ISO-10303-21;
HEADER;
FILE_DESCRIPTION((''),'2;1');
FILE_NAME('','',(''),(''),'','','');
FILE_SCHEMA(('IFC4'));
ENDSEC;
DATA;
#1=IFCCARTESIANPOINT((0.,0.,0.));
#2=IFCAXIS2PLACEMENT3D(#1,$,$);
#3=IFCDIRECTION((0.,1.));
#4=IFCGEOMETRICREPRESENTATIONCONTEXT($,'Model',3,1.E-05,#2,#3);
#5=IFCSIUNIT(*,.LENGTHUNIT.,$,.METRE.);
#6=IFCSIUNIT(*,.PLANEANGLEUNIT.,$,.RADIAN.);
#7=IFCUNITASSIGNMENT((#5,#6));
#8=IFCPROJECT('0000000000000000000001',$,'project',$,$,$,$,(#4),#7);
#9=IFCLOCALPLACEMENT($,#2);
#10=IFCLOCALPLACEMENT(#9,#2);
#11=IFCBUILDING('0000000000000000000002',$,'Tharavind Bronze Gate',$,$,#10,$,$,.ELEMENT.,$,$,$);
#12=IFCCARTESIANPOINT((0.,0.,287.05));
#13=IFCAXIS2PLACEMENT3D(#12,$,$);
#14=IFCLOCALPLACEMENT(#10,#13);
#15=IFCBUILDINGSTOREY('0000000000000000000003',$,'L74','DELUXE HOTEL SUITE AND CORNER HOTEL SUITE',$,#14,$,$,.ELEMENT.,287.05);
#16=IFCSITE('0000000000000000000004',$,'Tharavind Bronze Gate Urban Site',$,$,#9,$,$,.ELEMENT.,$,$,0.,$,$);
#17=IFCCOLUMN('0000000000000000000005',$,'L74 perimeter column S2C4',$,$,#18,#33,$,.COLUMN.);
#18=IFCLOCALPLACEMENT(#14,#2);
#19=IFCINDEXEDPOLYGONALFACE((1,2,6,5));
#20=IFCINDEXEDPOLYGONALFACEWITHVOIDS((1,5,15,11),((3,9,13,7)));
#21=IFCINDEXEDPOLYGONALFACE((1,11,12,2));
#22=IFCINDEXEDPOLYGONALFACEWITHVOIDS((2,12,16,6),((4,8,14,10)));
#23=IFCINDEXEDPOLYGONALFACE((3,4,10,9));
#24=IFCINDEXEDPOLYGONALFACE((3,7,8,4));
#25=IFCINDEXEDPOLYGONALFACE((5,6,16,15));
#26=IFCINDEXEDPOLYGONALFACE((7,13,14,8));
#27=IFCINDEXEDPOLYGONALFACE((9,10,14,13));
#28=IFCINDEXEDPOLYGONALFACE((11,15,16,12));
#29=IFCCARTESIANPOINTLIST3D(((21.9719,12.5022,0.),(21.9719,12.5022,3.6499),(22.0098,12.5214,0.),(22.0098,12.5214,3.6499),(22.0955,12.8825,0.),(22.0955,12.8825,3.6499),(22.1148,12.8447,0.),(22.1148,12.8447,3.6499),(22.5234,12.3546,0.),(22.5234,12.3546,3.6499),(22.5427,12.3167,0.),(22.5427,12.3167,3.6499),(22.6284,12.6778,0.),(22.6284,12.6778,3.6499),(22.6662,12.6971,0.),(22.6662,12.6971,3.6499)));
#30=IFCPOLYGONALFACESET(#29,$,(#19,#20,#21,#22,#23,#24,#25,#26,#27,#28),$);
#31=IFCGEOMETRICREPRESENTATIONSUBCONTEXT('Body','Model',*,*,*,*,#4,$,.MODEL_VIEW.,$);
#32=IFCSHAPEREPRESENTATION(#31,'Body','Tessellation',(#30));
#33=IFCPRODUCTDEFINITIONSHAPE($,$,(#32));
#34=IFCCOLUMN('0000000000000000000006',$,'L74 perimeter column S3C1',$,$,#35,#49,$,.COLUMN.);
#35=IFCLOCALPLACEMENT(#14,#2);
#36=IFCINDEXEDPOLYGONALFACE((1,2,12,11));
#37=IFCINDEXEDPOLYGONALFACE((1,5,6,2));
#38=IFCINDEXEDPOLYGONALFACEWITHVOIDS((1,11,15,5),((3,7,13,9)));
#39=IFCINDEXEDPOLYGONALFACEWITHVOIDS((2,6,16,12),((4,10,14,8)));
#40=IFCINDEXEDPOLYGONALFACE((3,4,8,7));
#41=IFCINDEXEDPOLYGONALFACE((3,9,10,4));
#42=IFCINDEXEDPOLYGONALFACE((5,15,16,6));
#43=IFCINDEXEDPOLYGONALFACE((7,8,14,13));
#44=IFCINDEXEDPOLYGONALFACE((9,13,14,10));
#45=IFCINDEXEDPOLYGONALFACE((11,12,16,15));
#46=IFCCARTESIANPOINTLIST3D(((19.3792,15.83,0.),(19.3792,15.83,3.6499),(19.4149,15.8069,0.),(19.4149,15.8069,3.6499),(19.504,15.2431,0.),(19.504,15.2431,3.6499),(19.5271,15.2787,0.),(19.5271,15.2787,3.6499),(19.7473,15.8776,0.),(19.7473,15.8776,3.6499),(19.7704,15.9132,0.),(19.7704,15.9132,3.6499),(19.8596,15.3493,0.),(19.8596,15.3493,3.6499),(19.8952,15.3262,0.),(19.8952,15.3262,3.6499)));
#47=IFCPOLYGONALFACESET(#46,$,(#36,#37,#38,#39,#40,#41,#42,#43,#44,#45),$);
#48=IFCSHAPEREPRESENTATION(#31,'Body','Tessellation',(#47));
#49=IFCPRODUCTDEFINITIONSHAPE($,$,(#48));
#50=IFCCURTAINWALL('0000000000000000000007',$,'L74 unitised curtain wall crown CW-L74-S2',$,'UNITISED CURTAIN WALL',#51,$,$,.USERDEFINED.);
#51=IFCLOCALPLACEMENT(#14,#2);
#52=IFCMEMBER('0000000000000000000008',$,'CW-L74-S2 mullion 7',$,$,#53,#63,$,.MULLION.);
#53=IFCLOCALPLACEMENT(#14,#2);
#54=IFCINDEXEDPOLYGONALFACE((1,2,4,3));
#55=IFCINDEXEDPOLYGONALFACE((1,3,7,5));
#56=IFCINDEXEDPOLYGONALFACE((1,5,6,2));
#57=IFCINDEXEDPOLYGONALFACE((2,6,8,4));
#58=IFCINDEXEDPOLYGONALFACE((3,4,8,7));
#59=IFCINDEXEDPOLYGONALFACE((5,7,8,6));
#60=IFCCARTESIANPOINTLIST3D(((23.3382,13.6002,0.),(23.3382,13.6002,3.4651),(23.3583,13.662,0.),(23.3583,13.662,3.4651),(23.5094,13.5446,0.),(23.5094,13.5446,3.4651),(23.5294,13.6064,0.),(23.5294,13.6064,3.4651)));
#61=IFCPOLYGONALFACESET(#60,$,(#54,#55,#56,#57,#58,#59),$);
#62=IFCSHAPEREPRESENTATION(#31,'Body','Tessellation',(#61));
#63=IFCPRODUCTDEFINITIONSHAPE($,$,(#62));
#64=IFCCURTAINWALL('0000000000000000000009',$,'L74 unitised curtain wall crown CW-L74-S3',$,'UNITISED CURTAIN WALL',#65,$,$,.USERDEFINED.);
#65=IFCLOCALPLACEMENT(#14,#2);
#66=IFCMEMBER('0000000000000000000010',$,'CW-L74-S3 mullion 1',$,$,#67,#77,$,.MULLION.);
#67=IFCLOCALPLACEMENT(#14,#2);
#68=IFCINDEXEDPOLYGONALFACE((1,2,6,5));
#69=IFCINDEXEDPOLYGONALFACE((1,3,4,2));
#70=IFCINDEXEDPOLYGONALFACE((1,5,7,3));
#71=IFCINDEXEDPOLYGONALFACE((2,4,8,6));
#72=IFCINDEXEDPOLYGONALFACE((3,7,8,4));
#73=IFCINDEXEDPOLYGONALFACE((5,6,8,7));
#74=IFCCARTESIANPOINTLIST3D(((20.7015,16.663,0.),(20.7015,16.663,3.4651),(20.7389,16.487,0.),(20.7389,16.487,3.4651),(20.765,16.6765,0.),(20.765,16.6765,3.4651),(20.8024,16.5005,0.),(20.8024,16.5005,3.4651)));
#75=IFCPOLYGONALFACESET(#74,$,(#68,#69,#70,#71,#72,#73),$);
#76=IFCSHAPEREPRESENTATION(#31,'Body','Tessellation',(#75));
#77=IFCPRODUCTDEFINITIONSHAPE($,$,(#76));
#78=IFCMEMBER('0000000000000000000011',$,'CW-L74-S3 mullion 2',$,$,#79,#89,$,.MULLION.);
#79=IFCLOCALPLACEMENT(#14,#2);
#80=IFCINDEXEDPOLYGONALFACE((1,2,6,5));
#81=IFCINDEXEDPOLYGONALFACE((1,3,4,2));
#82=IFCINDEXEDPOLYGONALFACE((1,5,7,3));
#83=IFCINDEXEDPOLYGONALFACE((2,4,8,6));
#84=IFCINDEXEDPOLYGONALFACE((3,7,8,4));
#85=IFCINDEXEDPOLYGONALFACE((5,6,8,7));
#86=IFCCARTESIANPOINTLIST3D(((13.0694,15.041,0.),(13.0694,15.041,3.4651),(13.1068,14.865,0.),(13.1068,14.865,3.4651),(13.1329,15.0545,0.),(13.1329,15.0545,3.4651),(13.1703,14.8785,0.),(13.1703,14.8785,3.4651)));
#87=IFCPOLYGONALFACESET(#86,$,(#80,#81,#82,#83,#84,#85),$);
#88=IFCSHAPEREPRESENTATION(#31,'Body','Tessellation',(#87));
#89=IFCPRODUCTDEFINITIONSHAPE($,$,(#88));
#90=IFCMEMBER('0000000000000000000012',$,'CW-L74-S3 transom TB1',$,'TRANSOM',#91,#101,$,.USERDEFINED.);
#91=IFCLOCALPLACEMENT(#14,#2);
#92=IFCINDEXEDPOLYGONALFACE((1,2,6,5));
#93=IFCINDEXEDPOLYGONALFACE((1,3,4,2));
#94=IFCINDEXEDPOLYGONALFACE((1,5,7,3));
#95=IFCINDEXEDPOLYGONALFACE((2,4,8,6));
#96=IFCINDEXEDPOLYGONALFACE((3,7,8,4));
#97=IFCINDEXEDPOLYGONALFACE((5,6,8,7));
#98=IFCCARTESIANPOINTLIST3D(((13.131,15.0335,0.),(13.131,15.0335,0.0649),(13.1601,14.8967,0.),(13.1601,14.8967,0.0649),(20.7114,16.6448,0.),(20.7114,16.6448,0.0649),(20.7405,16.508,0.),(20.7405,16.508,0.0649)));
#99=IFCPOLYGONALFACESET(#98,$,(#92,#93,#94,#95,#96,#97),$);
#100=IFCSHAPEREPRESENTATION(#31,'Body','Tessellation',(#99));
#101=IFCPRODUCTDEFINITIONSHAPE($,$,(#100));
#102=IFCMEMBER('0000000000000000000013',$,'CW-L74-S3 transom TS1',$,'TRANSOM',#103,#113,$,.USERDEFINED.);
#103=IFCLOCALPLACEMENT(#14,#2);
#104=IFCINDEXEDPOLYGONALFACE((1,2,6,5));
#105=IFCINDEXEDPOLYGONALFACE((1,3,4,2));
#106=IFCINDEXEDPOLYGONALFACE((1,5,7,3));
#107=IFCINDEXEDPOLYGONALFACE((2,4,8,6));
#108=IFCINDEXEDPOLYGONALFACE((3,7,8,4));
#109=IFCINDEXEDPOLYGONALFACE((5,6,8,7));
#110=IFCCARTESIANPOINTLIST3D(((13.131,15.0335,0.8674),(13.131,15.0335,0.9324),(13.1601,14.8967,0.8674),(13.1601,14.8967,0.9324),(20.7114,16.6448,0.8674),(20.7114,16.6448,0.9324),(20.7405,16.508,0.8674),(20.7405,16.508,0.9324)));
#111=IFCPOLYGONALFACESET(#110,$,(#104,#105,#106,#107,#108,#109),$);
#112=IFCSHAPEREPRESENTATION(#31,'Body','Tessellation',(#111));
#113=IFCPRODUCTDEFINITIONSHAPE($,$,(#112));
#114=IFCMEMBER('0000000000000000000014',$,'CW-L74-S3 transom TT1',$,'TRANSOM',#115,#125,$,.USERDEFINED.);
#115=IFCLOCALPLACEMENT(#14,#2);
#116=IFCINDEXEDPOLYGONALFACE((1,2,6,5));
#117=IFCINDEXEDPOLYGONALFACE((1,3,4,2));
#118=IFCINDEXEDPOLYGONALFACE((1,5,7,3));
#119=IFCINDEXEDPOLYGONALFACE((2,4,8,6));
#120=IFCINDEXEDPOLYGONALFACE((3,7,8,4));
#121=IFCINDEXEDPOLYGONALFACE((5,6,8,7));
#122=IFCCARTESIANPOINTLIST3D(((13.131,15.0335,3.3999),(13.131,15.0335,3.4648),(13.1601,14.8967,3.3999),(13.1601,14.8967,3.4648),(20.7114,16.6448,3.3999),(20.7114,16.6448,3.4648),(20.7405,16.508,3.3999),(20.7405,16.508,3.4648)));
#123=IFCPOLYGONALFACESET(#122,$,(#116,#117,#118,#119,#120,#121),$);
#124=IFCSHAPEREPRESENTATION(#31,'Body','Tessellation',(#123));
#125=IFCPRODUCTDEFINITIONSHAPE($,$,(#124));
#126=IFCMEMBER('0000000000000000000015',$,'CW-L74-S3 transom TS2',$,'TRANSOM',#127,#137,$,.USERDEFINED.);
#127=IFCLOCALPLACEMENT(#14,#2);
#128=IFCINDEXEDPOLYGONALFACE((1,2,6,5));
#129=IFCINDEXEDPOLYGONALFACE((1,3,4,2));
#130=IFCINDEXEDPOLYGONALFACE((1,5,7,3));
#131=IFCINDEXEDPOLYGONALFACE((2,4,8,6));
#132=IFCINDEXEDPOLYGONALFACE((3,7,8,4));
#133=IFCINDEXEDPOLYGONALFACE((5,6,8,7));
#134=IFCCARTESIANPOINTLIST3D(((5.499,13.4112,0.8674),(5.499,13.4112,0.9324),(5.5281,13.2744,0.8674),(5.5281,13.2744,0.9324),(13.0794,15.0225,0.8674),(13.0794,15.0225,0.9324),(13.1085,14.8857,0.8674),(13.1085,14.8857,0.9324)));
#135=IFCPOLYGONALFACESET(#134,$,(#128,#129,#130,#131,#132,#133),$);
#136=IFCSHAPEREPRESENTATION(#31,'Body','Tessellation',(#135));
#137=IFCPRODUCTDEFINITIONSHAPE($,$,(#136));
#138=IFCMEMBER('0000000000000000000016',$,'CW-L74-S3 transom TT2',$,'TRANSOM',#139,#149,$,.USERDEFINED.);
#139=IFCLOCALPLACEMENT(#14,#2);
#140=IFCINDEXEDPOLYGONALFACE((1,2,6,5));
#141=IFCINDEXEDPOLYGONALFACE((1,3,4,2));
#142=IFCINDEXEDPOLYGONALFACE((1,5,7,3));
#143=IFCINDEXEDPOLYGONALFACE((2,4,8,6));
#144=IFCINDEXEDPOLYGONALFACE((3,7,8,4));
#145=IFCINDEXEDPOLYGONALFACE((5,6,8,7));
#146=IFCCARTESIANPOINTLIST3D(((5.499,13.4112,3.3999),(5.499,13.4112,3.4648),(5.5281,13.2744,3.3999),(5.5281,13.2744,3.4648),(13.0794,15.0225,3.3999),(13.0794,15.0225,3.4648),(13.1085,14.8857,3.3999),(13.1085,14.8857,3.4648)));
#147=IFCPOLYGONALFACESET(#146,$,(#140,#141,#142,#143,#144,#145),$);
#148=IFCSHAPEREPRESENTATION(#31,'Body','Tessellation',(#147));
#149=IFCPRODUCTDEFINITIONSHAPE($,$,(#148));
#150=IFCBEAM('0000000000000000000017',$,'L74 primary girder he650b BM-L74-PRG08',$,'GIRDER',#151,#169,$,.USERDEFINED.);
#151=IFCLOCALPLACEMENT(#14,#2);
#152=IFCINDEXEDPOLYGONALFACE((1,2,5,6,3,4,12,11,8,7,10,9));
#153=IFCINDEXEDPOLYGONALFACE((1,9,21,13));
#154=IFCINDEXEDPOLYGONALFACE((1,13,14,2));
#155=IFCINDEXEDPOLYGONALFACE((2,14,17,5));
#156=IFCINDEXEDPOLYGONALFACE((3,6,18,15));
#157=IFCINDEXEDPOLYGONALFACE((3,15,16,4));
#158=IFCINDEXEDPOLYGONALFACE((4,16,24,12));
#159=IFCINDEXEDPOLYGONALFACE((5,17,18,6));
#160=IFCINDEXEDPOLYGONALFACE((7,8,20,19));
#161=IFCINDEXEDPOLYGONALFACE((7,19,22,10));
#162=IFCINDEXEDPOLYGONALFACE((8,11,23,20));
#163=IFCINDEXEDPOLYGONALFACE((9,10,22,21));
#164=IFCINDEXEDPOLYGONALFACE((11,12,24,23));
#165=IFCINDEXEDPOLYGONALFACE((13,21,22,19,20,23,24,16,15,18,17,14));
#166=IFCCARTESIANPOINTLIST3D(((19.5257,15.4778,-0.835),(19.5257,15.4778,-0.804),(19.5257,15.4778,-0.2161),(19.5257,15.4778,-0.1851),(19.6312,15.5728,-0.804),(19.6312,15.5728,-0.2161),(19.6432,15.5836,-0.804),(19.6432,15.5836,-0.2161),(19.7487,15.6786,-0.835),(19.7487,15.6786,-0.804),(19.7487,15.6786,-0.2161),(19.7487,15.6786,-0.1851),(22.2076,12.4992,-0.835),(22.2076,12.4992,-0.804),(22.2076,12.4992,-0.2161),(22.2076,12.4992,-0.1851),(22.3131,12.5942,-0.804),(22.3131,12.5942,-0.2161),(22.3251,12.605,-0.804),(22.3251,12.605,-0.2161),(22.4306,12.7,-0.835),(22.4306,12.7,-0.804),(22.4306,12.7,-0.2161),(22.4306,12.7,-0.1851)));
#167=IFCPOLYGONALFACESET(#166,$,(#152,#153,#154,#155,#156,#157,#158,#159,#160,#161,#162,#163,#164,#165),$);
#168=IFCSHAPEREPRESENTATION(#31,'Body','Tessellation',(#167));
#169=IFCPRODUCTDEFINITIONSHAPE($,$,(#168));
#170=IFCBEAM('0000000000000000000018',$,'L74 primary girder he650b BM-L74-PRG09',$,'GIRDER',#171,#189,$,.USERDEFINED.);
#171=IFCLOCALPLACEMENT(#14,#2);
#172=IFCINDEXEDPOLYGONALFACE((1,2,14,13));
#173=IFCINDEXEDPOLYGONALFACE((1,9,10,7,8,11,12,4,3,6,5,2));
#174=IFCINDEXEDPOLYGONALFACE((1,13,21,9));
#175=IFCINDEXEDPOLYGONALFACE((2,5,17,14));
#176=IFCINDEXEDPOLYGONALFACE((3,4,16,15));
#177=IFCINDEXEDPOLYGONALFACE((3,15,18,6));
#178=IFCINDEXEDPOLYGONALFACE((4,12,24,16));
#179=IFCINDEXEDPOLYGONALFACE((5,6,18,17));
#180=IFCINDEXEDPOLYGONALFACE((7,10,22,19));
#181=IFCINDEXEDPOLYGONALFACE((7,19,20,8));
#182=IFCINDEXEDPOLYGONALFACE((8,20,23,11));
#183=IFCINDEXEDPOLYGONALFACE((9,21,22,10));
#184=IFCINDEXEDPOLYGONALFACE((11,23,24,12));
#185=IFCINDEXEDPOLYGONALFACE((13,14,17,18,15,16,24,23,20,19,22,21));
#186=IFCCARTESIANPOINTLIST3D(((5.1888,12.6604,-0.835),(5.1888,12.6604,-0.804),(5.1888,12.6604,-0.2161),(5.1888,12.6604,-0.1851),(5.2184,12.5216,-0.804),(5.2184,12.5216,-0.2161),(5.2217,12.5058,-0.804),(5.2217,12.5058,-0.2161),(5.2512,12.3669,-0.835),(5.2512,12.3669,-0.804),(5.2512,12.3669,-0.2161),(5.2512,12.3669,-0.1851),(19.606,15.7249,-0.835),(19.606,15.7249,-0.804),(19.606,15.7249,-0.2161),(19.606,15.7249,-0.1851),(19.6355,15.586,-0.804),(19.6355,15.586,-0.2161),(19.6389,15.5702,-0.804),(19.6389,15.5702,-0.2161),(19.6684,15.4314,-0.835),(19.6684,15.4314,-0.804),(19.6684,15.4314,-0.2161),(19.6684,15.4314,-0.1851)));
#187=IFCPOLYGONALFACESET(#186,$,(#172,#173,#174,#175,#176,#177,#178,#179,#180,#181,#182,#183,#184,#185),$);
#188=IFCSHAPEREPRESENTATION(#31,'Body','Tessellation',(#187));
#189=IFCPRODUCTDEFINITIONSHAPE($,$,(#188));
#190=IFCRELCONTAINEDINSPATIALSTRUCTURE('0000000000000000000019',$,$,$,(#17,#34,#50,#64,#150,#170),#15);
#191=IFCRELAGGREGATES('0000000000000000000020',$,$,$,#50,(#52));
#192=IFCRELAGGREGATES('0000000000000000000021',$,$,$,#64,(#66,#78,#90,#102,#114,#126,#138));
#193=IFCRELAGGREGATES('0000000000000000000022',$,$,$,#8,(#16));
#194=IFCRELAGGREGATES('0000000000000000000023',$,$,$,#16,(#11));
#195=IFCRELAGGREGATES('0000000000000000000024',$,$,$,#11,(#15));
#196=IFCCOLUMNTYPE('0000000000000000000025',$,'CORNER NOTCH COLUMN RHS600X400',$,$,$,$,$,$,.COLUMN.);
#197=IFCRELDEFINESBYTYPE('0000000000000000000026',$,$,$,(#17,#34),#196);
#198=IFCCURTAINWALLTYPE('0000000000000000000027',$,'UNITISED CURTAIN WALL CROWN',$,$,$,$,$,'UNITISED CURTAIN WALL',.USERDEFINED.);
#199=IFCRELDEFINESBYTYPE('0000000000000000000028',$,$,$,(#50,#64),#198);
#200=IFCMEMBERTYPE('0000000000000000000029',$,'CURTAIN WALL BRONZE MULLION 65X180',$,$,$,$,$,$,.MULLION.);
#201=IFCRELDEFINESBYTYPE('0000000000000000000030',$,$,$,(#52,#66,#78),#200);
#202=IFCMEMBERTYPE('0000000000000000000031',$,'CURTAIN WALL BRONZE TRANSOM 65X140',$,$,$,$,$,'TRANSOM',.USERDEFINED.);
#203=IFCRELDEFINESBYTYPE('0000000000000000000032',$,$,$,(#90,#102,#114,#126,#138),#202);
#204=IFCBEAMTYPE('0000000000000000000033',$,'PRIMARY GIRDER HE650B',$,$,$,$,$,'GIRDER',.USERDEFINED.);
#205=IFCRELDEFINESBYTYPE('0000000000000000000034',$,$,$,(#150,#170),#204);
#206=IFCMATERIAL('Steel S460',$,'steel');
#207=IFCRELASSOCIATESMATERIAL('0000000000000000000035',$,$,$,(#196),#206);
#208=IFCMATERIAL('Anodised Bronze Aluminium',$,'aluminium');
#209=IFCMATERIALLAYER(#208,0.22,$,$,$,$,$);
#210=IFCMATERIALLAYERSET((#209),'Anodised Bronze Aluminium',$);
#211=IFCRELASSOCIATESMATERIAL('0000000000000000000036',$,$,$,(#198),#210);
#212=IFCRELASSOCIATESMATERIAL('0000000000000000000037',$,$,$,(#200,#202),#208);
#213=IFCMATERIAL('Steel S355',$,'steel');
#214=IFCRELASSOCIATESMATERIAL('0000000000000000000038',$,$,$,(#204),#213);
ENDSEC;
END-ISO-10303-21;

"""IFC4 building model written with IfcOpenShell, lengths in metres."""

from ifc_helpers import new_model, si_unit, direction, frame, origin, origin_2d, place, context, subcontext, project, spatial, rectangle, hollow_rectangle, i_section, extrude, material, layer, layer_set, material_profile, profile_set, type_object, element, aggregate, save


model = new_model("IFC4")

# Units and contexts
model_context = context("Model", 3, precision=1e-05, world=origin(), true_north=direction((0.0, 1.0)))
body_context = subcontext(model_context, "Body", "Model", "MODEL_VIEW")
ifc_project = project(units=[si_unit("LENGTHUNIT", "METRE"), si_unit("PLANEANGLEUNIT", "RADIAN")], contexts=[model_context])

# Site, building, storey
site_placement = place(None, origin())
site = spatial("IfcSite", under=ifc_project, at=site_placement, Name="Tharavind Bronze Gate Urban Site", CompositionType="ELEMENT", RefElevation=0.0)
building_placement = place(site_placement, origin())
building = spatial("IfcBuilding", under=site, at=building_placement, Name="Tharavind Bronze Gate", CompositionType="ELEMENT")
storey_placement = place(building_placement, frame((0.0, 0.0, 287.05)))
storey = spatial("IfcBuildingStorey", under=building, at=storey_placement, Name="L74", Description="DELUXE HOTEL SUITE AND CORNER HOTEL SUITE", CompositionType="ELEMENT", Elevation=287.05)

# Columns
ifc_material_1 = material(Name="Steel S460", Category="steel")
ifc_material_profile_1 = material_profile(ifc_material_1, hollow_rectangle(XDim=0.3999, YDim=0.6001, WallThickness=0.03, at=origin_2d()), Name="RHS600X400X30")
ifc_profile_set_1 = profile_set([ifc_material_profile_1], Name="Steel S460")
column_type = type_object("IfcColumnType", Name="CORNER NOTCH COLUMN RHS600X400", PredefinedType="COLUMN", material=ifc_profile_set_1)
for number, where, z_axis, x_axis, name in (
    (1, (22.3191, 12.5996, 0.0), (0.0, 0.0, 1.0), (0.309019, 0.951056, 0.0), "L74 perimeter column S2C4"),
    (2, (19.6372, 15.5781, 0.0), (0.0, 0.0, 1.0), (0.978147, 0.207913, 0.0), "L74 perimeter column S3C1"),
):
    element("IfcColumn", number, at=place(storey_placement, frame(where, z_axis=z_axis, x_axis=x_axis)), inside=storey, type_object=column_type, Name=name, PredefinedType="COLUMN", context=body_context, shape_type="SweptSolid", body=[
        extrude(hollow_rectangle(XDim=0.3999, YDim=0.6001, WallThickness=0.03, at=origin_2d()), origin(), (0.0, 0.0, 1.0), 3.6499),
    ])

# Curtain wall, member
ifc_material_2 = material(Name="Anodised Bronze Aluminium", Category="aluminium")
ifc_layer_1 = layer(ifc_material_2, 0.22)
ifc_layer_set_1 = layer_set([ifc_layer_1], Name="Anodised Bronze Aluminium")
curtain_wall_type = type_object("IfcCurtainWallType", Name="UNITISED CURTAIN WALL CROWN", ElementType="UNITISED CURTAIN WALL", PredefinedType="USERDEFINED", material=ifc_layer_set_1)
curtain_wall_1_placement = place(storey_placement, origin())
curtain_wall_1 = element("IfcCurtainWall", 3, at=curtain_wall_1_placement, inside=storey, type_object=curtain_wall_type, Name="L74 unitised curtain wall crown CW-L74-S2", ObjectType="UNITISED CURTAIN WALL", PredefinedType="USERDEFINED")
member_type_1 = type_object("IfcMemberType", Name="CURTAIN WALL BRONZE MULLION 65X180", PredefinedType="MULLION", material=ifc_material_2)
member_1_placement = place(storey_placement, frame((23.4338, 13.6033, 0.0), z_axis=(0.0, 0.0, 1.0), x_axis=(0.309017, 0.951057, 0.0)))
member_1 = element("IfcMember", 4, at=member_1_placement, type_object=member_type_1, Name="CW-L74-S2 mullion 7", PredefinedType="MULLION", context=body_context, shape_type="SweptSolid", body=[
    extrude(rectangle(XDim=0.0649, YDim=0.1799, at=origin_2d()), origin(), (0.0, 0.0, 1.0), 3.4651),
])
aggregate(curtain_wall_1, [member_1])

# Curtain wall, members
curtain_wall_2_placement = place(storey_placement, origin())
curtain_wall_2 = element("IfcCurtainWall", 5, at=curtain_wall_2_placement, inside=storey, type_object=curtain_wall_type, Name="L74 unitised curtain wall crown CW-L74-S3", ObjectType="UNITISED CURTAIN WALL", PredefinedType="USERDEFINED")
member_2_placement = place(storey_placement, frame((20.752, 16.5818, 0.0), z_axis=(0.0, 0.0, 1.0), x_axis=(-0.978147, -0.207913, 0.0)))
member_2 = element("IfcMember", 6, at=member_2_placement, type_object=member_type_1, Name="CW-L74-S3 mullion 1", PredefinedType="MULLION", context=body_context, shape_type="SweptSolid", body=[
    extrude(rectangle(XDim=0.0649, YDim=0.1799, at=origin_2d()), origin(), (0.0, 0.0, 1.0), 3.4651),
])
member_3_placement = place(storey_placement, frame((13.1199, 14.9597, 0.0), z_axis=(0.0, 0.0, 1.0), x_axis=(-0.978147, -0.207913, 0.0)))
member_3 = element("IfcMember", 7, at=member_3_placement, type_object=member_type_1, Name="CW-L74-S3 mullion 2", PredefinedType="MULLION", context=body_context, shape_type="SweptSolid", body=[
    extrude(rectangle(XDim=0.0649, YDim=0.1799, at=origin_2d()), origin(), (0.0, 0.0, 1.0), 3.4651),
])
member_type_2 = type_object("IfcMemberType", Name="CURTAIN WALL BRONZE TRANSOM 65X140", ElementType="TRANSOM", PredefinedType="USERDEFINED", material=ifc_material_2)
member_4_placement = place(storey_placement, frame((16.9358, 15.7708, 0.0), z_axis=(0.0, 0.0, 1.0), x_axis=(-0.978147, -0.207913, 0.0)))
member_4 = element("IfcMember", 8, at=member_4_placement, type_object=member_type_2, Name="CW-L74-S3 transom TB1", ObjectType="TRANSOM", PredefinedType="USERDEFINED", context=body_context, shape_type="SweptSolid", body=[
    extrude(rectangle(XDim=7.7498, YDim=0.1399, at=origin_2d()), origin(), (0.0, 0.0, 1.0), 0.0649),
])
member_5_placement = place(storey_placement, frame((16.9358, 15.7708, 0.8674), z_axis=(0.0, 0.0, 1.0), x_axis=(-0.978147, -0.207913, 0.0)))
member_5 = element("IfcMember", 9, at=member_5_placement, type_object=member_type_2, Name="CW-L74-S3 transom TS1", ObjectType="TRANSOM", PredefinedType="USERDEFINED", context=body_context, shape_type="SweptSolid", body=[
    extrude(rectangle(XDim=7.7498, YDim=0.1399, at=origin_2d()), origin(), (0.0, 0.0, 1.0), 0.0649),
])
member_6_placement = place(storey_placement, frame((16.9358, 15.7708, 3.3999), z_axis=(0.0, 0.0, 1.0), x_axis=(-0.978147, -0.207913, 0.0)))
member_6 = element("IfcMember", 10, at=member_6_placement, type_object=member_type_2, Name="CW-L74-S3 transom TT1", ObjectType="TRANSOM", PredefinedType="USERDEFINED", context=body_context, shape_type="SweptSolid", body=[
    extrude(rectangle(XDim=7.7498, YDim=0.1399, at=origin_2d()), origin(), (0.0, 0.0, 1.0), 0.0649),
])
member_7_placement = place(storey_placement, frame((9.3037, 14.1484, 0.8674), z_axis=(0.0, 0.0, 1.0), x_axis=(-0.978147, -0.207913, 0.0)))
member_7 = element("IfcMember", 11, at=member_7_placement, type_object=member_type_2, Name="CW-L74-S3 transom TS2", ObjectType="TRANSOM", PredefinedType="USERDEFINED", context=body_context, shape_type="SweptSolid", body=[
    extrude(rectangle(XDim=7.7498, YDim=0.1399, at=origin_2d()), origin(), (0.0, 0.0, 1.0), 0.0649),
])
member_8_placement = place(storey_placement, frame((9.3037, 14.1484, 3.3999), z_axis=(0.0, 0.0, 1.0), x_axis=(-0.978147, -0.207913, 0.0)))
member_8 = element("IfcMember", 12, at=member_8_placement, type_object=member_type_2, Name="CW-L74-S3 transom TT2", ObjectType="TRANSOM", PredefinedType="USERDEFINED", context=body_context, shape_type="SweptSolid", body=[
    extrude(rectangle(XDim=7.7498, YDim=0.1399, at=origin_2d()), origin(), (0.0, 0.0, 1.0), 0.0649),
])

# Beams
ifc_material_3 = material(Name="Steel S355", Category="steel")
ifc_material_profile_2 = material_profile(ifc_material_3, i_section(OverallWidth=0.3, OverallDepth=0.6499, WebThickness=0.0161, FlangeThickness=0.031, at=origin_2d()), Name="HE650B")
ifc_profile_set_2 = profile_set([ifc_material_profile_2], Name="Steel S355")
beam_type_1 = type_object("IfcBeamType", Name="PRIMARY GIRDER HE650B", ElementType="GIRDER", PredefinedType="USERDEFINED", material=ifc_profile_set_2)
beam_1_placement = place(storey_placement, frame((22.3191, 12.5996, -0.51), z_axis=(-0.669133, 0.743143, 0.0), x_axis=(-0.743143, -0.669133, 0.0)))
element("IfcBeam", 13, at=beam_1_placement, inside=storey, type_object=beam_type_1, Name="L74 primary girder he650b BM-L74-PRG08", ObjectType="GIRDER", PredefinedType="USERDEFINED", context=body_context, shape_type="SweptSolid", body=[
    extrude(i_section(OverallWidth=0.3, OverallDepth=0.6499, WebThickness=0.0161, FlangeThickness=0.031, at=origin_2d()), origin(), (0.0, 0.0, 1.0), 4.0081),
])
beam_2_placement = place(storey_placement, frame((19.6372, 15.5781, -0.51), z_axis=(-0.978148, -0.20791, 0.0), x_axis=(0.20791, -0.978148, 0.0)))
element("IfcBeam", 14, at=beam_2_placement, inside=storey, type_object=beam_type_1, Name="L74 primary girder he650b BM-L74-PRG09", ObjectType="GIRDER", PredefinedType="USERDEFINED", context=body_context, shape_type="SweptSolid", body=[
    extrude(i_section(OverallWidth=0.3, OverallDepth=0.6499, WebThickness=0.0161, FlangeThickness=0.031, at=origin_2d()), origin(), (0.0, 0.0, 1.0), 14.7393),
])

aggregate(curtain_wall_2, [member_2, member_3, member_4, member_5, member_6, member_7, member_8])

save(model, "model.ifc")
